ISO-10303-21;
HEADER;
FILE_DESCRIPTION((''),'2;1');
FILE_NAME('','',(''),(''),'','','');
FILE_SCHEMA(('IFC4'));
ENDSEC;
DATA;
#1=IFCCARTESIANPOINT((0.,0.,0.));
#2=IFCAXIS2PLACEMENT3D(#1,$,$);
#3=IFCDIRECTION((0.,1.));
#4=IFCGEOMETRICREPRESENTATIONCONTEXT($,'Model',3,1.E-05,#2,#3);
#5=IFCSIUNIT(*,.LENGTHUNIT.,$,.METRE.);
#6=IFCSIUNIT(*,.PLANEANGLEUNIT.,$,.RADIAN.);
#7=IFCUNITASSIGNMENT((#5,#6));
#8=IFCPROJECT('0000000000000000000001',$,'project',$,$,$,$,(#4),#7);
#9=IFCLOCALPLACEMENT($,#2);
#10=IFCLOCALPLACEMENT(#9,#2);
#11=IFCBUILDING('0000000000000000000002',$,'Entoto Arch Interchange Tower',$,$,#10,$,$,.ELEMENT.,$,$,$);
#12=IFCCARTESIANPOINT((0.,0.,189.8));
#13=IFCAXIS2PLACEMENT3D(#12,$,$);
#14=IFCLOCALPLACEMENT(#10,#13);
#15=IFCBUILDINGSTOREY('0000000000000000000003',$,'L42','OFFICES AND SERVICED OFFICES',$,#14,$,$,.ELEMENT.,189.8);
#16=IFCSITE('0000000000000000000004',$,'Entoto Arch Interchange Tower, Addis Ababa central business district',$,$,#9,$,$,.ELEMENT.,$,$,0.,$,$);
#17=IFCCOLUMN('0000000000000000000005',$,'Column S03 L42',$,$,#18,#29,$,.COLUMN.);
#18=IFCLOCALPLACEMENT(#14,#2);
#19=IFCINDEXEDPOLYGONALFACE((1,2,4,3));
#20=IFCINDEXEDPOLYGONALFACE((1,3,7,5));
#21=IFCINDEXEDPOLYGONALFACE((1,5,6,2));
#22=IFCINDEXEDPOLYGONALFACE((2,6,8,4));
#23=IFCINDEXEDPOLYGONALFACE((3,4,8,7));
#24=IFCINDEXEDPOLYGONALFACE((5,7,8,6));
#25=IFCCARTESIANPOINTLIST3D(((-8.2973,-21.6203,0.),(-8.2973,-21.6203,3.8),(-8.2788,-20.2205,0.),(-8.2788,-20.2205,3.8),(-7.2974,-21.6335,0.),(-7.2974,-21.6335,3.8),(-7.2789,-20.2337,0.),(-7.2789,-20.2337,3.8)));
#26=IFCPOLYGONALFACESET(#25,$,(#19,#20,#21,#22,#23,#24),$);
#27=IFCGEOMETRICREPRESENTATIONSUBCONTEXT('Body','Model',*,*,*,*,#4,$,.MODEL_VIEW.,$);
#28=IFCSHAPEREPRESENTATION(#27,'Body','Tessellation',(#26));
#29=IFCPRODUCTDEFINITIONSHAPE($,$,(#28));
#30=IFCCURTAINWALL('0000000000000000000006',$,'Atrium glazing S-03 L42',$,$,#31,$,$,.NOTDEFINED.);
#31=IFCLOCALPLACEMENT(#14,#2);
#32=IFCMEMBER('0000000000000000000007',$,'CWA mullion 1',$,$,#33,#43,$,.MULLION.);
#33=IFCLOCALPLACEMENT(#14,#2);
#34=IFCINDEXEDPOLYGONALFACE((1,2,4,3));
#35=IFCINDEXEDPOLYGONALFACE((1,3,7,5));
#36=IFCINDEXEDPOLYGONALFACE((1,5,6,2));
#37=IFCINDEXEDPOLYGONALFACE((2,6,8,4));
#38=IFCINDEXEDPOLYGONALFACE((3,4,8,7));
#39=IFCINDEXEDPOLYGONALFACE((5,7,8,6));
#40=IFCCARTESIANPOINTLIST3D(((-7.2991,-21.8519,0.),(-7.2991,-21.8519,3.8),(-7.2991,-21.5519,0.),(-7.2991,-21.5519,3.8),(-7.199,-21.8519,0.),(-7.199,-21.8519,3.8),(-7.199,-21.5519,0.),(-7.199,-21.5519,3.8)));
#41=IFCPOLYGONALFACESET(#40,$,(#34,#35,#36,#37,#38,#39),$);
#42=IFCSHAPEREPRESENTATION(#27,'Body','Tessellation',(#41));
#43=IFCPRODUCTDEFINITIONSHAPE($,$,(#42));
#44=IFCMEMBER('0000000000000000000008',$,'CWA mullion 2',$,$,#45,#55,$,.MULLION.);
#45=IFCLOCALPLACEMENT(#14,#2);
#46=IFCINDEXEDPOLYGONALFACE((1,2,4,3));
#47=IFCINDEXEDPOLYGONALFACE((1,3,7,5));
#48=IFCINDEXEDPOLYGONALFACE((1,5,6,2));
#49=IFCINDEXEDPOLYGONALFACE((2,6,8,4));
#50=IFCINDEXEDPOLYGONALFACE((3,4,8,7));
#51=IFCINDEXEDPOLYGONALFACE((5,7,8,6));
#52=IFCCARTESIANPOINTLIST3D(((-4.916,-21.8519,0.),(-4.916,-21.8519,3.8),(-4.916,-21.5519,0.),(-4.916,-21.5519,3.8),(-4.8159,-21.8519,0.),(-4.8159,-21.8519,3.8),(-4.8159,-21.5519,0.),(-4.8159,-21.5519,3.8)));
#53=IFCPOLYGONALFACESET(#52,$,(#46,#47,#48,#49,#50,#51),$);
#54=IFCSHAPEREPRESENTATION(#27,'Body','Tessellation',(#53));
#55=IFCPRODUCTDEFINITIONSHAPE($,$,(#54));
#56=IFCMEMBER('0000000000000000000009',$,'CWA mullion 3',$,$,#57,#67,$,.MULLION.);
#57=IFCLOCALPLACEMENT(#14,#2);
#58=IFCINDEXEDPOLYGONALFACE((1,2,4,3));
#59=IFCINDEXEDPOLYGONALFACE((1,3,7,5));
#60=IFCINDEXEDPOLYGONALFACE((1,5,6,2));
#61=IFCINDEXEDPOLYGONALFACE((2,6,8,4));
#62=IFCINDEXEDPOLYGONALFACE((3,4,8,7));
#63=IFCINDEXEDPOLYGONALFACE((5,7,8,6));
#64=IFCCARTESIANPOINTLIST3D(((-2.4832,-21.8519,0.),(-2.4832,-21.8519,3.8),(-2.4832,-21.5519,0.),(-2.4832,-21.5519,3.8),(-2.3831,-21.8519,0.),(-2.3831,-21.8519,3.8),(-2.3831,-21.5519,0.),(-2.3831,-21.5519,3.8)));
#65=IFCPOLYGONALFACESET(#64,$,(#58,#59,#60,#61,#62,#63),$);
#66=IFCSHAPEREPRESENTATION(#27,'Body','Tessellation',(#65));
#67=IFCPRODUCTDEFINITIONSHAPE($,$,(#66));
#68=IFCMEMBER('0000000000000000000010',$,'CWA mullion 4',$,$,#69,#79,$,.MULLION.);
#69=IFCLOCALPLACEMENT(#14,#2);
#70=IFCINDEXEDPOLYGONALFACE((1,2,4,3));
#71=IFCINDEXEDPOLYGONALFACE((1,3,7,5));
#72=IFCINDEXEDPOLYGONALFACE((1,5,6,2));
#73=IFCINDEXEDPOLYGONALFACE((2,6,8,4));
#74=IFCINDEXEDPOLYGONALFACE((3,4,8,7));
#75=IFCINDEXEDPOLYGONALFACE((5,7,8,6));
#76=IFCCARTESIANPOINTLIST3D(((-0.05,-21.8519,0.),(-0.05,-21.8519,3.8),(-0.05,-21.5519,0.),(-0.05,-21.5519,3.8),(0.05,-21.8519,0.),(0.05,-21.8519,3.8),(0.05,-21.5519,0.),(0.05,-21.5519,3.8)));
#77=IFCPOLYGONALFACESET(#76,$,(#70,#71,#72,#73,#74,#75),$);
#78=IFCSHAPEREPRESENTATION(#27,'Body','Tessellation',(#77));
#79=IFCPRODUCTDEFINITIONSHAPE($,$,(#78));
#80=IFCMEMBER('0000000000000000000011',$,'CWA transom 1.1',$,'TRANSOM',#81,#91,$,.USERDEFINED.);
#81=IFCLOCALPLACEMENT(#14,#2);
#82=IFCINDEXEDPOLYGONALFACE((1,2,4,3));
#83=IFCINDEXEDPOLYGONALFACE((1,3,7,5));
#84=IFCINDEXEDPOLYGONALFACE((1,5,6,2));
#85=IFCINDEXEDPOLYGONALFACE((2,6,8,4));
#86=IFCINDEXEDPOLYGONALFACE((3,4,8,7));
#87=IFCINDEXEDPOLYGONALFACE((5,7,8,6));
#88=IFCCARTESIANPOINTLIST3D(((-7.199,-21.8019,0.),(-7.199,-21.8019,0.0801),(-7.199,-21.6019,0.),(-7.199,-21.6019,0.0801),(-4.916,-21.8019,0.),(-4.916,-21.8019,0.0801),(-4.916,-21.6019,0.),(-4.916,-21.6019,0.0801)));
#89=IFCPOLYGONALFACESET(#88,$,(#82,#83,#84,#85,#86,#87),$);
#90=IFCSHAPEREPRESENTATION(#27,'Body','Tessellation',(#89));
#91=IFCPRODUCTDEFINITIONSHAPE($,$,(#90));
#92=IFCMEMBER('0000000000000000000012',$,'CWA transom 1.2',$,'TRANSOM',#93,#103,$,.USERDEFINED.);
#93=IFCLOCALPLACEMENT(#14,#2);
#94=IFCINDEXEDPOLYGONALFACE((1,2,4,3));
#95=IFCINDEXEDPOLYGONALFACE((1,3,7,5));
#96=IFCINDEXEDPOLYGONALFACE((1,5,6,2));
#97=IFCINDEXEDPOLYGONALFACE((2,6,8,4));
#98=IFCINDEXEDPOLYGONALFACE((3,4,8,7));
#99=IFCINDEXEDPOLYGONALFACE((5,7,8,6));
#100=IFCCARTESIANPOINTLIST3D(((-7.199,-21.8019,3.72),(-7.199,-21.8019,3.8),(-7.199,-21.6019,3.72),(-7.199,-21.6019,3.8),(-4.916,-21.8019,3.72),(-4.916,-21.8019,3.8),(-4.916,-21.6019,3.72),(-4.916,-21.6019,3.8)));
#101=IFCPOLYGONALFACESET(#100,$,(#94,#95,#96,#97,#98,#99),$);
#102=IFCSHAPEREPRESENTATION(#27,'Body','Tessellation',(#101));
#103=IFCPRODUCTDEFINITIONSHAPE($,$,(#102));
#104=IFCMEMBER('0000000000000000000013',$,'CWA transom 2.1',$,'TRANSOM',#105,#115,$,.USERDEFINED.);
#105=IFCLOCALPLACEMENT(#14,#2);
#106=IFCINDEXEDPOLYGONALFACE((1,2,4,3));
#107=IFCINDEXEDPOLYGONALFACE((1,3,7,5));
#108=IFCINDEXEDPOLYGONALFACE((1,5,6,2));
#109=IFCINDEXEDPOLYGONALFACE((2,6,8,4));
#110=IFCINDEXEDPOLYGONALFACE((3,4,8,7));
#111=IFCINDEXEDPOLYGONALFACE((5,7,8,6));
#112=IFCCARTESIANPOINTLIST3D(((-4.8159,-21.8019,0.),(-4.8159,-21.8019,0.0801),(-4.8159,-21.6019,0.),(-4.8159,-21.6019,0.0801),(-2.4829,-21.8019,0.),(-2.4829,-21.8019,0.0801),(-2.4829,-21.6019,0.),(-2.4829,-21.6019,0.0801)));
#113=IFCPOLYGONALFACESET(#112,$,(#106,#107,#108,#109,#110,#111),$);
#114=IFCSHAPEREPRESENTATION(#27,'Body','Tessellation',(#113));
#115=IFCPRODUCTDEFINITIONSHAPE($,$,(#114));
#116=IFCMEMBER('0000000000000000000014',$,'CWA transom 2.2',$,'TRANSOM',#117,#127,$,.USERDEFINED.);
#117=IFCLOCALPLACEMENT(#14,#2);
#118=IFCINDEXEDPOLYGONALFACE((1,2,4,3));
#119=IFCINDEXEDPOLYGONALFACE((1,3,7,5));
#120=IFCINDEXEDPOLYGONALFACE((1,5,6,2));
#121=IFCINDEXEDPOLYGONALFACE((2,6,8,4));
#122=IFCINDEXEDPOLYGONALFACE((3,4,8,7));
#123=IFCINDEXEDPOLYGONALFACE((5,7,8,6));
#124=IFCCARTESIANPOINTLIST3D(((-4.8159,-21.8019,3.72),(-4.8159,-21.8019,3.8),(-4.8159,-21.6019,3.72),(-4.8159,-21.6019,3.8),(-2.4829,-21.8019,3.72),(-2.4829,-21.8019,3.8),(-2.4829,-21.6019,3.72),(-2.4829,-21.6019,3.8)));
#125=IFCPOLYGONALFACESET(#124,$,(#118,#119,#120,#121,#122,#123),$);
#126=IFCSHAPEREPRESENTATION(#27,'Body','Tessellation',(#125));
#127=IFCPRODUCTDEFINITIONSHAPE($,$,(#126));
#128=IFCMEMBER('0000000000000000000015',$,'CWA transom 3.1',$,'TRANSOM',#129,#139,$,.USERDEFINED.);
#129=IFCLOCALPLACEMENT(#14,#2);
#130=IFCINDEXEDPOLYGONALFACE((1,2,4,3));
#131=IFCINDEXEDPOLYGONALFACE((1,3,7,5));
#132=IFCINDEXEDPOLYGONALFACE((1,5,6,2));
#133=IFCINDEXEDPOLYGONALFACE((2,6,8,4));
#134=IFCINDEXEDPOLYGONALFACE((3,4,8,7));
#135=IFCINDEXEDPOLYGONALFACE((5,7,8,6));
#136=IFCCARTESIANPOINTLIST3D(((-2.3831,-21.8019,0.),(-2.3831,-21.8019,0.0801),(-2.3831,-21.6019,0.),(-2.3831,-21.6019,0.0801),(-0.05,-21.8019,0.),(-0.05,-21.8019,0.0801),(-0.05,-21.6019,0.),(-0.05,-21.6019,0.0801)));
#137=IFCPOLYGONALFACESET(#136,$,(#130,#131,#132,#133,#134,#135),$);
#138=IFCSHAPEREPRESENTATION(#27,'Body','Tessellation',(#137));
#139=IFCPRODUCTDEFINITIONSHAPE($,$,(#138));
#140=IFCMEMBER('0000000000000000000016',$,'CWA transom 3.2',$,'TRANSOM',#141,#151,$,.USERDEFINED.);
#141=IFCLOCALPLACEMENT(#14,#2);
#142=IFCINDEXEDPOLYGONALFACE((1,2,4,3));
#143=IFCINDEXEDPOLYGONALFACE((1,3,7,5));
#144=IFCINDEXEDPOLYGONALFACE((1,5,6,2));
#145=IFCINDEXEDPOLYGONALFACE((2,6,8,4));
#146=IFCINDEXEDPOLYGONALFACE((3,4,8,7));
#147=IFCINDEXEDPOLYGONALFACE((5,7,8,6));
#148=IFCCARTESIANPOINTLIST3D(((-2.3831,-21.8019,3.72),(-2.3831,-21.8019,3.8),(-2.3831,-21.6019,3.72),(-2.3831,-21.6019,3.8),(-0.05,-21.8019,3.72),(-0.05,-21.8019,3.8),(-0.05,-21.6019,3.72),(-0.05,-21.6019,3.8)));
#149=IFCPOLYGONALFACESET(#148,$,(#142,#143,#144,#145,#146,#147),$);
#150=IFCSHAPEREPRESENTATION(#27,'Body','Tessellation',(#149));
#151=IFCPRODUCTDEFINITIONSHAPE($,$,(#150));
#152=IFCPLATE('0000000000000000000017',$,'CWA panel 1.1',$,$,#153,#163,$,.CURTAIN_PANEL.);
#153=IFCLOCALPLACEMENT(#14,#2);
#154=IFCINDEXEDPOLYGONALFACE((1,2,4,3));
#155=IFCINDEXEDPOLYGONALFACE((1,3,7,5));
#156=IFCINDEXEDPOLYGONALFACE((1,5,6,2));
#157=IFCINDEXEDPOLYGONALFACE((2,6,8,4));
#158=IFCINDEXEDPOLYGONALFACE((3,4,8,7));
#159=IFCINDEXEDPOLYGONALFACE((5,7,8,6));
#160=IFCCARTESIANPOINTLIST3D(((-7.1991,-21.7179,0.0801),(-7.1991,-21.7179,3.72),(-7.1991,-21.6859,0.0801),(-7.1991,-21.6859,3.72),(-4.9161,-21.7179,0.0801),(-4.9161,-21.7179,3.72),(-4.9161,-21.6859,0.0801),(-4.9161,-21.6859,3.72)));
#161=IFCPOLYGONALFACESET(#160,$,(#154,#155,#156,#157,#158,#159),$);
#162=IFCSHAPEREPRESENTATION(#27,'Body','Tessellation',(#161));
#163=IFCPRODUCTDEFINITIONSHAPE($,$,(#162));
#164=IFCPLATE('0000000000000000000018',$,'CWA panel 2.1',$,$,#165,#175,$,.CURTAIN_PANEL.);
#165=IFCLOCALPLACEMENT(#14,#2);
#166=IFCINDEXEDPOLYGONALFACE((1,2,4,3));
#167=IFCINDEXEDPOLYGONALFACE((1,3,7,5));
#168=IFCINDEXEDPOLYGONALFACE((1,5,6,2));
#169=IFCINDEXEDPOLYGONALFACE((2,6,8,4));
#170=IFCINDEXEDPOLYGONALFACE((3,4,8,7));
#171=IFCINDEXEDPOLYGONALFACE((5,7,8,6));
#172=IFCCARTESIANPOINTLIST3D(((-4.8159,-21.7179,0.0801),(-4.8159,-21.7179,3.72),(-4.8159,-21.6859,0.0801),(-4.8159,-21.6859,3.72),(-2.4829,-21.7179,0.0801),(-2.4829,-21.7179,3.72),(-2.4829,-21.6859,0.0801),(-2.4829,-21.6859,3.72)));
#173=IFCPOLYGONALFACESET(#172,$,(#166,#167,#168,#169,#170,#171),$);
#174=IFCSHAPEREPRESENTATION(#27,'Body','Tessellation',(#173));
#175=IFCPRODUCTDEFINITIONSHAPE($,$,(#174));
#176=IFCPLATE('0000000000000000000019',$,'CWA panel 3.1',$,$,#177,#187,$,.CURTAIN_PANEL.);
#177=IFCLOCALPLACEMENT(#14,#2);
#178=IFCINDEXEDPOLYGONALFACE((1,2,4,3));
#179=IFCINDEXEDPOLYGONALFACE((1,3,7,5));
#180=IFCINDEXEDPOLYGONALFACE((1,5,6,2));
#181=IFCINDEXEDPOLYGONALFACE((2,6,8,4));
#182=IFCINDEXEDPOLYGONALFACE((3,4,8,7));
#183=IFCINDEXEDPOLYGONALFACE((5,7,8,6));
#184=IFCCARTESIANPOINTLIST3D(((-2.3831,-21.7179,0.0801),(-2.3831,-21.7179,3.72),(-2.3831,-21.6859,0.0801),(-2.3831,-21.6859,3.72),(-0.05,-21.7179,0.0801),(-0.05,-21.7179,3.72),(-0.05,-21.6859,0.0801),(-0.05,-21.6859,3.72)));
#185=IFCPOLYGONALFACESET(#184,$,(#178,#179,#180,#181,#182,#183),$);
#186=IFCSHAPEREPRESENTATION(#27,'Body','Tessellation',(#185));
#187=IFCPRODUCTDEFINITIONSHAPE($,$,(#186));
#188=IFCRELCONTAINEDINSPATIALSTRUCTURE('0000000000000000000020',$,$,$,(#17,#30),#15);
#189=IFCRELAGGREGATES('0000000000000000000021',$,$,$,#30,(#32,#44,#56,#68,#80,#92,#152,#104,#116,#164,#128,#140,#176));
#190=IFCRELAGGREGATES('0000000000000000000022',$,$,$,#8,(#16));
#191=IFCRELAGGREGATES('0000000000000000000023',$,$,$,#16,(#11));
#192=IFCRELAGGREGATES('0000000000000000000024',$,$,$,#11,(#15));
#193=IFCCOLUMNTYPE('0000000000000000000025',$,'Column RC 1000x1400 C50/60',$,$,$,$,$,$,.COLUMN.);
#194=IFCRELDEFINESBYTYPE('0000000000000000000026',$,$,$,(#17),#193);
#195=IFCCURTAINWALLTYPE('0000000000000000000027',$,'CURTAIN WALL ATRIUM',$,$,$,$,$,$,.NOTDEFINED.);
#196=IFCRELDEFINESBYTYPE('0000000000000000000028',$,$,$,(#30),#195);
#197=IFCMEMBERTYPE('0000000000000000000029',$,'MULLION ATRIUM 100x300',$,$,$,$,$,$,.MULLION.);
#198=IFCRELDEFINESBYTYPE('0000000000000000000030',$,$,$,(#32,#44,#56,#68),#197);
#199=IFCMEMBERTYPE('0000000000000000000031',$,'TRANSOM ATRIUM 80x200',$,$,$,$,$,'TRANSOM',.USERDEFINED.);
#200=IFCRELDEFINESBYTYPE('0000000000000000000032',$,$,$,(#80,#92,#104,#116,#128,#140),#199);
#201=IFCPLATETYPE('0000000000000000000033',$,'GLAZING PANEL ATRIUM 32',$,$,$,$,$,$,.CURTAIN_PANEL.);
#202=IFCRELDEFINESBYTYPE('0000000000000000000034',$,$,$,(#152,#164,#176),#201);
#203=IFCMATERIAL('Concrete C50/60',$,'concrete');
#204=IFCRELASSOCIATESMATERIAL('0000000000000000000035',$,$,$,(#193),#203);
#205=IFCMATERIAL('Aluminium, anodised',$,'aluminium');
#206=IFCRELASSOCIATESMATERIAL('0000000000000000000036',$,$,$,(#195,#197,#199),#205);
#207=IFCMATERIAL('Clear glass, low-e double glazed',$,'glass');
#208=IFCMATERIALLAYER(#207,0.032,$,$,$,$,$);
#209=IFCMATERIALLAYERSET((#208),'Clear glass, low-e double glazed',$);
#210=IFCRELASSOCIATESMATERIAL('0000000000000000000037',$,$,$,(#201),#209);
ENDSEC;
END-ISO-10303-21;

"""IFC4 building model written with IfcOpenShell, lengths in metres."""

from ifc_helpers import new_model, si_unit, direction, frame, origin, origin_2d, place, context, subcontext, project, spatial, rectangle, extrude, material, layer, layer_set, material_profile, profile_set, type_object, element, aggregate, save


model = new_model("IFC4")

# Units and contexts
model_context = context("Model", 3, precision=1e-05, world=origin(), true_north=direction((0.0, 1.0)))
body_context = subcontext(model_context, "Body", "Model", "MODEL_VIEW")
ifc_project = project(units=[si_unit("LENGTHUNIT", "METRE"), si_unit("PLANEANGLEUNIT", "RADIAN")], contexts=[model_context])

# Site, building, storey
site_placement = place(None, origin())
site = spatial("IfcSite", under=ifc_project, at=site_placement, Name="Entoto Arch Interchange Tower, Addis Ababa central business district", CompositionType="ELEMENT", RefElevation=0.0)
building_placement = place(site_placement, origin())
building = spatial("IfcBuilding", under=site, at=building_placement, Name="Entoto Arch Interchange Tower", CompositionType="ELEMENT")
storey_placement = place(building_placement, frame((0.0, 0.0, 189.8)))
storey = spatial("IfcBuildingStorey", under=building, at=storey_placement, Name="L42", Description="OFFICES AND SERVICED OFFICES", CompositionType="ELEMENT", Elevation=189.8)

# Column
ifc_material_1 = material(Name="Concrete C50/60", Category="concrete")
ifc_material_profile_1 = material_profile(ifc_material_1, rectangle(XDim=1.0, YDim=1.3999, at=origin_2d()))
ifc_profile_set_1 = profile_set([ifc_material_profile_1], Name="Concrete C50/60")
column_type = type_object("IfcColumnType", Name="Column RC 1000x1400 C50/60", PredefinedType="COLUMN", material=ifc_profile_set_1)
column_placement = place(storey_placement, frame((-7.7881, -20.927, 0.0), z_axis=(0.0, 0.0, 1.0), x_axis=(-0.999913, 0.013177, 0.0)))
element("IfcColumn", 1, at=column_placement, inside=storey, type_object=column_type, Name="Column S03 L42", PredefinedType="COLUMN", context=body_context, shape_type="SweptSolid", body=[
    extrude(rectangle(XDim=1.0, YDim=1.3999, at=origin_2d()), origin(), (0.0, 0.0, 1.0), 3.8),
])

# Curtain wall, members, plates
ifc_material_2 = material(Name="Aluminium, anodised", Category="aluminium")
curtain_wall_type = type_object("IfcCurtainWallType", Name="CURTAIN WALL ATRIUM", PredefinedType="NOTDEFINED", material=ifc_material_2)
curtain_wall_placement = place(storey_placement, origin())
curtain_wall = element("IfcCurtainWall", 2, at=curtain_wall_placement, inside=storey, type_object=curtain_wall_type, Name="Atrium glazing S-03 L42", PredefinedType="NOTDEFINED")
ifc_material_profile_2 = material_profile(ifc_material_2, rectangle(XDim=0.3, YDim=0.1001, at=origin_2d()))
ifc_profile_set_2 = profile_set([ifc_material_profile_2], Name="Aluminium, anodised")
member_type_1 = type_object("IfcMemberType", Name="MULLION ATRIUM 100x300", PredefinedType="MULLION", material=ifc_profile_set_2)
member_1_placement = place(storey_placement, frame((-7.249, -21.7019, 0.0), z_axis=(0.0, 0.0, 1.0), x_axis=(0.0, 1.0, 0.0)))
member_1 = element("IfcMember", 3, at=member_1_placement, type_object=member_type_1, Name="CWA mullion 1", PredefinedType="MULLION", context=body_context, shape_type="SweptSolid", body=[
    extrude(rectangle(XDim=0.3, YDim=0.1001, at=origin_2d()), origin(), (0.0, 0.0, 1.0), 3.8),
])
member_2_placement = place(storey_placement, frame((-4.866, -21.7019, 0.0), z_axis=(0.0, 0.0, 1.0), x_axis=(0.0, 1.0, 0.0)))
member_2 = element("IfcMember", 4, at=member_2_placement, type_object=member_type_1, Name="CWA mullion 2", PredefinedType="MULLION", context=body_context, shape_type="SweptSolid", body=[
    extrude(rectangle(XDim=0.3, YDim=0.1001, at=origin_2d()), origin(), (0.0, 0.0, 1.0), 3.8),
])
member_3_placement = place(storey_placement, frame((-2.4331, -21.7019, 0.0), z_axis=(0.0, 0.0, 1.0), x_axis=(0.0, 1.0, 0.0)))
member_3 = element("IfcMember", 5, at=member_3_placement, type_object=member_type_1, Name="CWA mullion 3", PredefinedType="MULLION", context=body_context, shape_type="SweptSolid", body=[
    extrude(rectangle(XDim=0.3, YDim=0.1001, at=origin_2d()), origin(), (0.0, 0.0, 1.0), 3.8),
])
member_4_placement = place(storey_placement, frame((0.0, -21.7019, 0.0), z_axis=(0.0, 0.0, 1.0), x_axis=(0.0, 1.0, 0.0)))
member_4 = element("IfcMember", 6, at=member_4_placement, type_object=member_type_1, Name="CWA mullion 4", PredefinedType="MULLION", context=body_context, shape_type="SweptSolid", body=[
    extrude(rectangle(XDim=0.3, YDim=0.1001, at=origin_2d()), origin(), (0.0, 0.0, 1.0), 3.8),
])
ifc_material_profile_3 = material_profile(ifc_material_2, rectangle(XDim=0.2, YDim=0.0801, at=origin_2d()))
ifc_profile_set_3 = profile_set([ifc_material_profile_3], Name="Aluminium, anodised")
member_type_2 = type_object("IfcMemberType", Name="TRANSOM ATRIUM 80x200", ElementType="TRANSOM", PredefinedType="USERDEFINED", material=ifc_profile_set_3)
member_5_placement = place(storey_placement, frame((-7.199, -21.7019, 0.04), z_axis=(1.0, 0.0, 0.0), x_axis=(0.0, 1.0, 0.0)))
member_5 = element("IfcMember", 7, at=member_5_placement, type_object=member_type_2, Name="CWA transom 1.1", ObjectType="TRANSOM", PredefinedType="USERDEFINED", context=body_context, shape_type="SweptSolid", body=[
    extrude(rectangle(XDim=0.2, YDim=0.0801, at=origin_2d()), origin(), (0.0, 0.0, 1.0), 2.283),
])
member_6_placement = place(storey_placement, frame((-7.199, -21.7019, 3.76), z_axis=(1.0, 0.0, 0.0), x_axis=(0.0, 1.0, 0.0)))
member_6 = element("IfcMember", 8, at=member_6_placement, type_object=member_type_2, Name="CWA transom 1.2", ObjectType="TRANSOM", PredefinedType="USERDEFINED", context=body_context, shape_type="SweptSolid", body=[
    extrude(rectangle(XDim=0.2, YDim=0.0801, at=origin_2d()), origin(), (0.0, 0.0, 1.0), 2.283),
])
member_7_placement = place(storey_placement, frame((-4.8159, -21.7019, 0.04), z_axis=(1.0, 0.0, 0.0), x_axis=(0.0, 1.0, 0.0)))
member_7 = element("IfcMember", 9, at=member_7_placement, type_object=member_type_2, Name="CWA transom 2.1", ObjectType="TRANSOM", PredefinedType="USERDEFINED", context=body_context, shape_type="SweptSolid", body=[
    extrude(rectangle(XDim=0.2, YDim=0.0801, at=origin_2d()), origin(), (0.0, 0.0, 1.0), 2.333),
])
member_8_placement = place(storey_placement, frame((-4.8159, -21.7019, 3.76), z_axis=(1.0, 0.0, 0.0), x_axis=(0.0, 1.0, 0.0)))
member_8 = element("IfcMember", 10, at=member_8_placement, type_object=member_type_2, Name="CWA transom 2.2", ObjectType="TRANSOM", PredefinedType="USERDEFINED", context=body_context, shape_type="SweptSolid", body=[
    extrude(rectangle(XDim=0.2, YDim=0.0801, at=origin_2d()), origin(), (0.0, 0.0, 1.0), 2.333),
])
member_9_placement = place(storey_placement, frame((-2.3831, -21.7019, 0.04), z_axis=(1.0, 0.0, 0.0), x_axis=(0.0, 1.0, 0.0)))
member_9 = element("IfcMember", 11, at=member_9_placement, type_object=member_type_2, Name="CWA transom 3.1", ObjectType="TRANSOM", PredefinedType="USERDEFINED", context=body_context, shape_type="SweptSolid", body=[
    extrude(rectangle(XDim=0.2, YDim=0.0801, at=origin_2d()), origin(), (0.0, 0.0, 1.0), 2.333),
])
member_10_placement = place(storey_placement, frame((-2.3831, -21.7019, 3.76), z_axis=(1.0, 0.0, 0.0), x_axis=(0.0, 1.0, 0.0)))
member_10 = element("IfcMember", 12, at=member_10_placement, type_object=member_type_2, Name="CWA transom 3.2", ObjectType="TRANSOM", PredefinedType="USERDEFINED", context=body_context, shape_type="SweptSolid", body=[
    extrude(rectangle(XDim=0.2, YDim=0.0801, at=origin_2d()), origin(), (0.0, 0.0, 1.0), 2.333),
])
ifc_material_3 = material(Name="Clear glass, low-e double glazed", Category="glass")
ifc_layer_1 = layer(ifc_material_3, 0.032)
ifc_layer_set_1 = layer_set([ifc_layer_1], Name="Clear glass, low-e double glazed")
plate_type = type_object("IfcPlateType", Name="GLAZING PANEL ATRIUM 32", PredefinedType="CURTAIN_PANEL", material=ifc_layer_set_1)
plate_1_placement = place(storey_placement, frame((-6.0576, -21.7019, 0.0801), z_axis=(0.0, 0.0, 1.0), x_axis=(1.0, 0.0, 0.0)))
plate_1 = element("IfcPlate", 13, at=plate_1_placement, type_object=plate_type, Name="CWA panel 1.1", PredefinedType="CURTAIN_PANEL", context=body_context, shape_type="SweptSolid", body=[
    extrude(rectangle(XDim=2.283, YDim=0.032, at=origin_2d()), origin(), (0.0, 0.0, 1.0), 3.6399),
])
plate_2_placement = place(storey_placement, frame((-3.6494, -21.7019, 0.0801), z_axis=(0.0, 0.0, 1.0), x_axis=(1.0, 0.0, 0.0)))
plate_2 = element("IfcPlate", 14, at=plate_2_placement, type_object=plate_type, Name="CWA panel 2.1", PredefinedType="CURTAIN_PANEL", context=body_context, shape_type="SweptSolid", body=[
    extrude(rectangle(XDim=2.333, YDim=0.032, at=origin_2d()), origin(), (0.0, 0.0, 1.0), 3.6399),
])
plate_3_placement = place(storey_placement, frame((-1.2166, -21.7019, 0.0801), z_axis=(0.0, 0.0, 1.0), x_axis=(1.0, 0.0, 0.0)))
plate_3 = element("IfcPlate", 15, at=plate_3_placement, type_object=plate_type, Name="CWA panel 3.1", PredefinedType="CURTAIN_PANEL", context=body_context, shape_type="SweptSolid", body=[
    extrude(rectangle(XDim=2.333, YDim=0.032, at=origin_2d()), origin(), (0.0, 0.0, 1.0), 3.6399),
])
aggregate(curtain_wall, [member_1, member_2, member_3, member_4, member_5, member_6, plate_1, member_7, member_8, plate_2, member_9, member_10, plate_3])

save(model, "model.ifc")
